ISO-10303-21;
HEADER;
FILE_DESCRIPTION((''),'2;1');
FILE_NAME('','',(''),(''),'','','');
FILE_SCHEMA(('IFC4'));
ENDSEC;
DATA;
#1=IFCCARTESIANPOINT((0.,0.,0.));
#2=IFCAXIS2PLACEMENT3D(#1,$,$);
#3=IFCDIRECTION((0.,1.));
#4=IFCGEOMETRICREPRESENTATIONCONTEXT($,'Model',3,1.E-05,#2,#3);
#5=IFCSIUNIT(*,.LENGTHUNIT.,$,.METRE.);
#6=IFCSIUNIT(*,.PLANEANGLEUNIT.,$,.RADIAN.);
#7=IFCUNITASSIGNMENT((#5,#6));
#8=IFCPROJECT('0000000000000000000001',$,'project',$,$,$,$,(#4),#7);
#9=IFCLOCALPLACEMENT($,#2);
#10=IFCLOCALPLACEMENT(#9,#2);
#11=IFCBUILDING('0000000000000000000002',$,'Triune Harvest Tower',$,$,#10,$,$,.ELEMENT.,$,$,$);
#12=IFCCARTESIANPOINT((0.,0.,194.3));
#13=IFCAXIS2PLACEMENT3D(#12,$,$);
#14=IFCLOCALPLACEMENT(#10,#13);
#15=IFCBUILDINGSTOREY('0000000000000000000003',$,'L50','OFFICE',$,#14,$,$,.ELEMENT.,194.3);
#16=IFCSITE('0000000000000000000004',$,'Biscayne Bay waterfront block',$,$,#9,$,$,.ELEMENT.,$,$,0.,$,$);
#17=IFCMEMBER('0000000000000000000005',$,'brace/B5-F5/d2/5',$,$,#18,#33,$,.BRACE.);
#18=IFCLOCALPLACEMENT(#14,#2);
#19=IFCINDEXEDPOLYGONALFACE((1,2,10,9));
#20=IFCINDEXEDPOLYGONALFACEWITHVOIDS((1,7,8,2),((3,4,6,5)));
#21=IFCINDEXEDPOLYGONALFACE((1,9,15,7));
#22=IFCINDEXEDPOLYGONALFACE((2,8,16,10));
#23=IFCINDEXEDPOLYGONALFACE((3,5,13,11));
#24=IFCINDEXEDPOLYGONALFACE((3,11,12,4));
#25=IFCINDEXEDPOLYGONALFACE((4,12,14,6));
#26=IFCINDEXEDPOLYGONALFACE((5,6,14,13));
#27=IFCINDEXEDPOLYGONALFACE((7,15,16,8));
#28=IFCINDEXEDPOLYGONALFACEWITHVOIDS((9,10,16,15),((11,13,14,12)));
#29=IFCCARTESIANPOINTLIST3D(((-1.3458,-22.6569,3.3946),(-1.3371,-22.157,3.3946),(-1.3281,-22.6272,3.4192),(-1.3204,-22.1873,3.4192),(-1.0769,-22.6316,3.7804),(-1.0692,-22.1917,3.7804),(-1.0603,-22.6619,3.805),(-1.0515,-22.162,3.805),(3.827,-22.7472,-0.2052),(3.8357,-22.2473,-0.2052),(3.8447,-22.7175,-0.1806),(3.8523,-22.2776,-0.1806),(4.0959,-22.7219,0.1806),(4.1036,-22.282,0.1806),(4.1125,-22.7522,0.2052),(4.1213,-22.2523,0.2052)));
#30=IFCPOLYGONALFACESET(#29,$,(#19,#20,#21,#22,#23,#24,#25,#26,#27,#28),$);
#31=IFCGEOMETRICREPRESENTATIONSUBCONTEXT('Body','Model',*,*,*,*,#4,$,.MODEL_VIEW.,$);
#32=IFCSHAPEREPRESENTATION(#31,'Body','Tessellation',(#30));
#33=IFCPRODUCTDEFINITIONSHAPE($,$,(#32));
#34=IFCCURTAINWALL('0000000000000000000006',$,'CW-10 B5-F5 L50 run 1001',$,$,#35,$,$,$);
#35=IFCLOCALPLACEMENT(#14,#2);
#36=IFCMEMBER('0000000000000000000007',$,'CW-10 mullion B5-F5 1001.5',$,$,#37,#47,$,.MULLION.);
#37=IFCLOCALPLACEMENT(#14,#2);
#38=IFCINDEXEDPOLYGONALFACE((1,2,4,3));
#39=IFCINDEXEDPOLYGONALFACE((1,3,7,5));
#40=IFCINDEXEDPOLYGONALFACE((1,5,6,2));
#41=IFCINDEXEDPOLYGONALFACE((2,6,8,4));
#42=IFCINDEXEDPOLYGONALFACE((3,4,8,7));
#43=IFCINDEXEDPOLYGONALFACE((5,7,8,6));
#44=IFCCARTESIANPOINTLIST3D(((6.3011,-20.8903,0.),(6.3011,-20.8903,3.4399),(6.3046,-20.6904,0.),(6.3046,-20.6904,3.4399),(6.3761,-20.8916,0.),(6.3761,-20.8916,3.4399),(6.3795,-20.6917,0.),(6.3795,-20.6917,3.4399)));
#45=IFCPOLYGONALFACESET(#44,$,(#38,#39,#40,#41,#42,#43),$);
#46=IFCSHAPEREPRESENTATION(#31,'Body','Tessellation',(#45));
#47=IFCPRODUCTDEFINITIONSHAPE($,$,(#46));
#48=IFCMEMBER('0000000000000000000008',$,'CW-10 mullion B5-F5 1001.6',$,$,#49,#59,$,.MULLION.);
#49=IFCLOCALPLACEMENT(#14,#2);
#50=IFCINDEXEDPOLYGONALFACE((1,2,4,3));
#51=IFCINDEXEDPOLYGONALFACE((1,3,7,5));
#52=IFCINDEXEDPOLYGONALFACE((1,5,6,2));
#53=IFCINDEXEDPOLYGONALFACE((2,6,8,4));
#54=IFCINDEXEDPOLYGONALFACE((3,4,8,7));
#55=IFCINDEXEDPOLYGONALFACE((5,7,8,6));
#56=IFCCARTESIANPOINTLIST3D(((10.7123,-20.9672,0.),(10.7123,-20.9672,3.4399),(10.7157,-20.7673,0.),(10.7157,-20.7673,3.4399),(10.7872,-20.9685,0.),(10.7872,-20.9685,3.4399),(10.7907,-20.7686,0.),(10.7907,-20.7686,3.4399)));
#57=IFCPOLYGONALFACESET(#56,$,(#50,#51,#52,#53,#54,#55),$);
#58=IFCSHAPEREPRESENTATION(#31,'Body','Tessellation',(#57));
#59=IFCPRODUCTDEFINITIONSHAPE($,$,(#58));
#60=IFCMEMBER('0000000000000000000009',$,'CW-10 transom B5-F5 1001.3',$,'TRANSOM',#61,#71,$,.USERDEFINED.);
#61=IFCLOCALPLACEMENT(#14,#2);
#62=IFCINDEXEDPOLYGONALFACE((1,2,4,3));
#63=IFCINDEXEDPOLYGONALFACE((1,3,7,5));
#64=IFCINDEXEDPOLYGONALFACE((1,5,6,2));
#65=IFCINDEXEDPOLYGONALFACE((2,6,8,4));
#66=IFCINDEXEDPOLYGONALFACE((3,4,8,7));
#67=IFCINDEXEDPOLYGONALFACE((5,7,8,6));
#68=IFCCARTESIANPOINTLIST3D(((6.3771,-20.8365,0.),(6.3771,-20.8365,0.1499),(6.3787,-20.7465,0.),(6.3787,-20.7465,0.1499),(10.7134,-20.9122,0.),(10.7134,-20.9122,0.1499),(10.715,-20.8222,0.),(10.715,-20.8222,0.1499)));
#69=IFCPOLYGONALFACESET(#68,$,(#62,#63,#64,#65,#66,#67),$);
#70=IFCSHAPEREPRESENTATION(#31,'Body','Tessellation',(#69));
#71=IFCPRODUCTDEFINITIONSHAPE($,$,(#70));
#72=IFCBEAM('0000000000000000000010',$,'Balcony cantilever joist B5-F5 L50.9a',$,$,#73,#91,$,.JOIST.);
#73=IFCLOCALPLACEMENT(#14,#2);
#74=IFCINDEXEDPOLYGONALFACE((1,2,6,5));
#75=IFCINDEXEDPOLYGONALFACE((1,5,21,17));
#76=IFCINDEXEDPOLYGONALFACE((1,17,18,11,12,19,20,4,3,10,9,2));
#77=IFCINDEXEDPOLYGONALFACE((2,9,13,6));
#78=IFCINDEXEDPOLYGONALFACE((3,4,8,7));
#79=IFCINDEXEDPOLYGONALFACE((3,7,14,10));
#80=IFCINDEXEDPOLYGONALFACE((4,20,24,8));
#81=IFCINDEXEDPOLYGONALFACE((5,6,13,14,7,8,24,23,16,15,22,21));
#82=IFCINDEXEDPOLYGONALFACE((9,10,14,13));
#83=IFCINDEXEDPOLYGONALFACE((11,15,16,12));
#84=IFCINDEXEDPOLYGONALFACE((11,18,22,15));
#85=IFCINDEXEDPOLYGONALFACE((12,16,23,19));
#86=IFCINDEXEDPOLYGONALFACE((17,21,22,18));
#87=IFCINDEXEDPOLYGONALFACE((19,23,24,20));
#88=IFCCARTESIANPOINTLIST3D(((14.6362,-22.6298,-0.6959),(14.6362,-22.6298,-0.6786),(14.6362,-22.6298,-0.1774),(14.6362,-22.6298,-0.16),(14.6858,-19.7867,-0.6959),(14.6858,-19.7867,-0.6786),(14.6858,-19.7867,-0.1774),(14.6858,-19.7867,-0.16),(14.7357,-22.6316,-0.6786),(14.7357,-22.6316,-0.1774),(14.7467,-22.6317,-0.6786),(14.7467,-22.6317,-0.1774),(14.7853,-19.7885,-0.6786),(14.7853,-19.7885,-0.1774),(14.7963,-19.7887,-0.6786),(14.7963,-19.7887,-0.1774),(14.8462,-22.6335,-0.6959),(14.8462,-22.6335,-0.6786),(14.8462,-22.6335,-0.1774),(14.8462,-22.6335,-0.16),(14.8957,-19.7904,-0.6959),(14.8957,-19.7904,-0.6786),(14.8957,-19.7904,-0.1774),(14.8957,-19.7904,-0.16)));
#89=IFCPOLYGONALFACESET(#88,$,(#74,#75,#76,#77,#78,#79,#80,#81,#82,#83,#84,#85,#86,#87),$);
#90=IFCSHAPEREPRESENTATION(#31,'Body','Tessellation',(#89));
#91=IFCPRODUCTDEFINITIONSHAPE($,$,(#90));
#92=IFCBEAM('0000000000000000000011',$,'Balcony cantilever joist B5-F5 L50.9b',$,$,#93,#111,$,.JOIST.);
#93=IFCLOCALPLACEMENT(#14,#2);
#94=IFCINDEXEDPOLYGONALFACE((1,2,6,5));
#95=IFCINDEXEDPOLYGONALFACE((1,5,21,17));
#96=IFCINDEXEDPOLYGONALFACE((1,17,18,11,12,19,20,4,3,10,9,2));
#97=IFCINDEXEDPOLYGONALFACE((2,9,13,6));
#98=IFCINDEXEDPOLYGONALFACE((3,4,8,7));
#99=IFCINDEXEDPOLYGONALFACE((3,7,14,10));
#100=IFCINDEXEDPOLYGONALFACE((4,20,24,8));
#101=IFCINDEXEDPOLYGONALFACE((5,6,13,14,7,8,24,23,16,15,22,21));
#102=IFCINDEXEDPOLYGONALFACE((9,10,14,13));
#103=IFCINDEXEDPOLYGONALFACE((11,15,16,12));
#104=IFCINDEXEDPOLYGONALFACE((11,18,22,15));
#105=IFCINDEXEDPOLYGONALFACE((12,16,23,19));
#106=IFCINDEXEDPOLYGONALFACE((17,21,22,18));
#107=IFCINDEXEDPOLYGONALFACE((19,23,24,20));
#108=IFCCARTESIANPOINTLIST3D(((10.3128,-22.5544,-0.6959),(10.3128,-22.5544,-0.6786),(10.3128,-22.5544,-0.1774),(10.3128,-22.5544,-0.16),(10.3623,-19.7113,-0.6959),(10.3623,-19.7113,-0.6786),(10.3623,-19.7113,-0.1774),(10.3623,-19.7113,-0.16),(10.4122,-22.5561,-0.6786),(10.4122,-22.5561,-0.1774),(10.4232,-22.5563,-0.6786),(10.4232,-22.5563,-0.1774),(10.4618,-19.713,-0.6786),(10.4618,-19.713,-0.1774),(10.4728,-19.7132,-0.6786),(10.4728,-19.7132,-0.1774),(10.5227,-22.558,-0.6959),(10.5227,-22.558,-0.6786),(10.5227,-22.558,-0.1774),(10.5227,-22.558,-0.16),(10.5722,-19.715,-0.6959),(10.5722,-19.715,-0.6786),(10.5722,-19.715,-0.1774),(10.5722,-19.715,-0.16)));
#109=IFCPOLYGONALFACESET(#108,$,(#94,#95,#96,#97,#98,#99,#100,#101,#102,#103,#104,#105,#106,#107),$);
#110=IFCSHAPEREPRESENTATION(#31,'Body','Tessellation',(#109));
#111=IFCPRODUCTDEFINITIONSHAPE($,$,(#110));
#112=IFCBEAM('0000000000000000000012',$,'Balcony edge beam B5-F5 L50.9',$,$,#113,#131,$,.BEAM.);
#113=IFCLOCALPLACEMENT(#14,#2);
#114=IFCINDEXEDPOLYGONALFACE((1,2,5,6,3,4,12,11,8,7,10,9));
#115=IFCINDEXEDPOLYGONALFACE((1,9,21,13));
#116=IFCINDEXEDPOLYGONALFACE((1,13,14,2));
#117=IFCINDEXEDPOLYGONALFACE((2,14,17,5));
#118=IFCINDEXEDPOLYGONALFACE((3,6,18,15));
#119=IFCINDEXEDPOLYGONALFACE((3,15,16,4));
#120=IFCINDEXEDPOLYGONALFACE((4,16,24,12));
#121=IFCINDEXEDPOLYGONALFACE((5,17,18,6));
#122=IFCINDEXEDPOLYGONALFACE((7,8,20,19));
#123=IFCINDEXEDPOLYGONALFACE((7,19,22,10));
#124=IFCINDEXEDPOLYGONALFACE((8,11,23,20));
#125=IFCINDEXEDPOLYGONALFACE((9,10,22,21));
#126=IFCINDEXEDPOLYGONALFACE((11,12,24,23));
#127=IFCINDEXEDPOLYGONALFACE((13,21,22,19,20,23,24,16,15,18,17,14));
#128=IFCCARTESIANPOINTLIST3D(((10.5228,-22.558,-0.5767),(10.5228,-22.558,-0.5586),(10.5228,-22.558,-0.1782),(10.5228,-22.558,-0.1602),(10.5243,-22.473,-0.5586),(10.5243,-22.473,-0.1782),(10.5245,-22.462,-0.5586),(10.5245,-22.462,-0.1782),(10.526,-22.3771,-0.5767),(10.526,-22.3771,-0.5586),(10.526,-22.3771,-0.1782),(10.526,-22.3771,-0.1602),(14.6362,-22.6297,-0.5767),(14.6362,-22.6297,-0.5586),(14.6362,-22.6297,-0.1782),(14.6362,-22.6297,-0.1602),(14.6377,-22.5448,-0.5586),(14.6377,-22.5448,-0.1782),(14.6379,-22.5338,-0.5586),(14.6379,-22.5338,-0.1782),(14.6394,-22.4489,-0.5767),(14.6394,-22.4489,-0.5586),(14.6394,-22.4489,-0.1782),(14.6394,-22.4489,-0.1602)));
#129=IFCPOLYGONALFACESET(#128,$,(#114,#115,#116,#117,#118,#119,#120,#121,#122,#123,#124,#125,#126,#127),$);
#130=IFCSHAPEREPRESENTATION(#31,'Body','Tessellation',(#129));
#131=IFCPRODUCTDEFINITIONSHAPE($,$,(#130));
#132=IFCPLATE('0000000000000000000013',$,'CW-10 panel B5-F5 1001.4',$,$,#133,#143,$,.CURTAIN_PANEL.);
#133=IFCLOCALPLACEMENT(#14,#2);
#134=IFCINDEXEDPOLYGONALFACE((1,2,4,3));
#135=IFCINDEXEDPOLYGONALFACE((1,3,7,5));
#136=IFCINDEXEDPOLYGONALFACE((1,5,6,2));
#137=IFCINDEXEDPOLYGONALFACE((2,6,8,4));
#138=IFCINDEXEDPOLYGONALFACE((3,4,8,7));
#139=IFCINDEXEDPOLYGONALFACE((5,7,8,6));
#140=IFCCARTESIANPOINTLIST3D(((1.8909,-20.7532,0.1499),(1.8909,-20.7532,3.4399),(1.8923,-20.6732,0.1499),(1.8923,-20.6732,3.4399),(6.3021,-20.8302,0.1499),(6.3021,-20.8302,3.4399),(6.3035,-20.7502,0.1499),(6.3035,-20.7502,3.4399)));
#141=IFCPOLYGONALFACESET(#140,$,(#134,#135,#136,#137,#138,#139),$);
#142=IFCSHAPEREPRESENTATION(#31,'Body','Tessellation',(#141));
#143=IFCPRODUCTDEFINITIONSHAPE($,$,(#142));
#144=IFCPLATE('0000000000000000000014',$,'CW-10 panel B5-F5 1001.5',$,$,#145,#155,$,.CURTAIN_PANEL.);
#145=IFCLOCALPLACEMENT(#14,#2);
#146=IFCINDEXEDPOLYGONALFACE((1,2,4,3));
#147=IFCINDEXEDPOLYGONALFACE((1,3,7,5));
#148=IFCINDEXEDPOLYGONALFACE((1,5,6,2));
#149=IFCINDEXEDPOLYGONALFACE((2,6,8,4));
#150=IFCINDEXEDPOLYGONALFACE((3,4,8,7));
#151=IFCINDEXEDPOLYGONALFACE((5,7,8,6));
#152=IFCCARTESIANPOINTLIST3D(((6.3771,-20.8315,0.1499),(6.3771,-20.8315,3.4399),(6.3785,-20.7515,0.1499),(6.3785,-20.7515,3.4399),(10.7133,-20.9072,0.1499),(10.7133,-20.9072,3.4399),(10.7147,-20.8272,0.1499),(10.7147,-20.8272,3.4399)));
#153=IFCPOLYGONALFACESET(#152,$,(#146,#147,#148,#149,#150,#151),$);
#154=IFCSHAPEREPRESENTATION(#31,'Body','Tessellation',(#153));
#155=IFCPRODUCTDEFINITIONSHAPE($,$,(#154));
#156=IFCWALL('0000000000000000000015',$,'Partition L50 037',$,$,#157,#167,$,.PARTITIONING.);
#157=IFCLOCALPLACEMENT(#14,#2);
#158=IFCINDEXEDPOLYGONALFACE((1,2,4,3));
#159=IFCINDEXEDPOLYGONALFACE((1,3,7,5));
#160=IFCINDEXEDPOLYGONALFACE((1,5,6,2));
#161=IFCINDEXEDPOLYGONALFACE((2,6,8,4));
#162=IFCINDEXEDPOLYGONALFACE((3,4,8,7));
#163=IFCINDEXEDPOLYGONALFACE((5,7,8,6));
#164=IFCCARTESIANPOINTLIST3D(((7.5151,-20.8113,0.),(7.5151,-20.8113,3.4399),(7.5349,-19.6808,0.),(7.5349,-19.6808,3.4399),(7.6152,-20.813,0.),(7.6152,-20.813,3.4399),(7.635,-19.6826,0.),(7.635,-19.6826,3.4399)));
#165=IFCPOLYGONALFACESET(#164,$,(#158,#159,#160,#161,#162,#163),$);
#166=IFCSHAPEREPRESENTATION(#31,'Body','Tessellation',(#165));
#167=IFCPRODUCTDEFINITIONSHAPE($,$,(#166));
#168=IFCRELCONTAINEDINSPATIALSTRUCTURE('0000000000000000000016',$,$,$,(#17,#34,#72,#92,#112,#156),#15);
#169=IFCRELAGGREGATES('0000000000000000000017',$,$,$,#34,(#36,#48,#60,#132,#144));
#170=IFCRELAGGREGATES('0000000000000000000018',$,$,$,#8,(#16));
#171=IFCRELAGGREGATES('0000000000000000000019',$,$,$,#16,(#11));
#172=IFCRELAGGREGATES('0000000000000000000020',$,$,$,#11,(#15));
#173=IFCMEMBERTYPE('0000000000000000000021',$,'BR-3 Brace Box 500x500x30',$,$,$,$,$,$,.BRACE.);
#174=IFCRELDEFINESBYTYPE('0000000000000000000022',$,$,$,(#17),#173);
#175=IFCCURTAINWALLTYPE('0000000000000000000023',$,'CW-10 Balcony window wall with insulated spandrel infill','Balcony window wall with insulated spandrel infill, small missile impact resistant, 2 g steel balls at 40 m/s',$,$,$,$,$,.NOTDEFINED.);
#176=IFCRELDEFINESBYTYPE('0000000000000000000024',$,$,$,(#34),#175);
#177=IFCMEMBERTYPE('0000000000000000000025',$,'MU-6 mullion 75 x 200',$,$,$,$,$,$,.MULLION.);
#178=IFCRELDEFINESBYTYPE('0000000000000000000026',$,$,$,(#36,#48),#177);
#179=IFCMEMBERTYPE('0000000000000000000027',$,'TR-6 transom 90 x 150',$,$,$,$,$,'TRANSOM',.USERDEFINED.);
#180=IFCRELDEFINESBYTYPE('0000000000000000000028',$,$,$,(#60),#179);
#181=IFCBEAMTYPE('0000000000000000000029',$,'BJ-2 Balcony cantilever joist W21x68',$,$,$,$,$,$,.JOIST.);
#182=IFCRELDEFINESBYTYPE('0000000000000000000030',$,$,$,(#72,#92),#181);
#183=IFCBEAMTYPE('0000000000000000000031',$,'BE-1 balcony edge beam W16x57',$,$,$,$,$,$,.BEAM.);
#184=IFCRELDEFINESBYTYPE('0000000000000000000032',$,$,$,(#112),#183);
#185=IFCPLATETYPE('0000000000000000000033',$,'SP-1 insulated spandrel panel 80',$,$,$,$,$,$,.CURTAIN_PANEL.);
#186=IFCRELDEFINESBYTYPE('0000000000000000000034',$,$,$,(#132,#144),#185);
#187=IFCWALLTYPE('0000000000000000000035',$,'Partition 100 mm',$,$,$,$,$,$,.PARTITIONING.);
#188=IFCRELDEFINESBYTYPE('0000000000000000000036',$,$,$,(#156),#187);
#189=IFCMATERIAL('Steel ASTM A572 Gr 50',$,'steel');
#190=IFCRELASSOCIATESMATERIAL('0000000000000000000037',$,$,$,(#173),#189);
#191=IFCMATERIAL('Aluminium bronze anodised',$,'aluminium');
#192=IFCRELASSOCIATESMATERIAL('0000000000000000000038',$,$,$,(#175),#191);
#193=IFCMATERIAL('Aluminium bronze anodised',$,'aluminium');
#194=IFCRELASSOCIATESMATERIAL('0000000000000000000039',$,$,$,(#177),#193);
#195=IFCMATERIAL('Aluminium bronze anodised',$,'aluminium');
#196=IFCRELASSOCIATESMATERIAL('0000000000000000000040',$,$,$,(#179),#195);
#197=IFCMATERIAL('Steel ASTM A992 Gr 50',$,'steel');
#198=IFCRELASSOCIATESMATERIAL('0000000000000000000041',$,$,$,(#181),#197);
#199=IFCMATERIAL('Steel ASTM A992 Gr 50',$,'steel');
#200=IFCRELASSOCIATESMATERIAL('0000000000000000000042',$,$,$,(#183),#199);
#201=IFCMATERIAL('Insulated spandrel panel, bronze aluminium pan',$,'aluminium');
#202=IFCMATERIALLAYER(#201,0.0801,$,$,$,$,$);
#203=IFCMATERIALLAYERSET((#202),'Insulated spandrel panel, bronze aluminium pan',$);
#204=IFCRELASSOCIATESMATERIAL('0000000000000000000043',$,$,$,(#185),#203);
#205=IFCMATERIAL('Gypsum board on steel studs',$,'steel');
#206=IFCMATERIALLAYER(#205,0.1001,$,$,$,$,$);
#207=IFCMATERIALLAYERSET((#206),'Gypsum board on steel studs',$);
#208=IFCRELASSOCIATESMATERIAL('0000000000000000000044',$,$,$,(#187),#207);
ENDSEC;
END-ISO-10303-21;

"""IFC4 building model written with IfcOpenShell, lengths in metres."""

from ifc_helpers import new_model, si_unit, direction, frame, frame_2d, origin, origin_2d, place, context, subcontext, project, spatial, rectangle, hollow_rectangle, i_section, extrude, source, transform, mapped, material, layer, layer_set, material_profile, profile_set, type_object, element, aggregate, save


model = new_model("IFC4")

# Units and contexts
model_context = context("Model", 3, precision=1e-05, world=origin(), true_north=direction((0.0, 1.0)))
body_context = subcontext(model_context, "Body", "Model", "MODEL_VIEW")
ifc_project = project(units=[si_unit("LENGTHUNIT", "METRE"), si_unit("PLANEANGLEUNIT", "RADIAN")], contexts=[model_context])

# Site, building, storey
site_placement = place(None, origin())
site = spatial("IfcSite", under=ifc_project, at=site_placement, Name="Biscayne Bay waterfront block", CompositionType="ELEMENT", RefElevation=0.0)
building_placement = place(site_placement, origin())
building = spatial("IfcBuilding", under=site, at=building_placement, Name="Triune Harvest Tower", CompositionType="ELEMENT")
storey_placement = place(building_placement, frame((0.0, 0.0, 194.3)))
storey = spatial("IfcBuildingStorey", under=building, at=storey_placement, Name="L50", Description="OFFICE", CompositionType="ELEMENT", Elevation=194.3)

# Member
ifc_material_1 = material(Name="Steel ASTM A572 Gr 50", Category="steel")
ifc_material_profile_1 = material_profile(ifc_material_1, hollow_rectangle(XDim=0.5, YDim=0.5, WallThickness=0.03, at=origin_2d()), Name="Box 500x500x30")
ifc_profile_set_1 = profile_set([ifc_material_profile_1], Name="Steel ASTM A572 Gr 50")
member_type_1 = type_object("IfcMemberType", Name="BR-3 Brace Box 500x500x30", PredefinedType="BRACE", material=ifc_profile_set_1)
shared_shape_1 = source(origin(), body_context, "Body", "SweptSolid", [
    extrude(hollow_rectangle(XDim=0.5, YDim=0.5, WallThickness=0.03, at=origin_2d()), origin(), (0.0, 0.0, 1.0), 6.3027),
])
member_1_placement = place(storey_placement, frame((3.9741, -22.4998, 0.0), z_axis=(-0.820721, 0.014332, 0.57115), x_axis=(-0.01746, -0.999848, 0.0)))
element("IfcMember", 1, at=member_1_placement, inside=storey, type_object=member_type_1, Name="brace/B5-F5/d2/5", PredefinedType="BRACE", context=body_context, shape_type="MappedRepresentation", body=[
    mapped(shared_shape_1, transform((0.0, 0.0, 0.0), scale=1.0)),
])

# Curtain wall, members
ifc_material_2 = material(Name="Aluminium bronze anodised", Category="aluminium")
curtain_wall_type = type_object("IfcCurtainWallType", Name="CW-10 Balcony window wall with insulated spandrel infill", Description="Balcony window wall with insulated spandrel infill, small missile impact resistant, 2 g steel balls at 40 m/s", PredefinedType="NOTDEFINED", material=ifc_material_2)
curtain_wall_placement = place(storey_placement, origin())
curtain_wall = element("IfcCurtainWall", 2, at=curtain_wall_placement, inside=storey, type_object=curtain_wall_type, Name="CW-10 B5-F5 L50 run 1001")
ifc_material_3 = material(Name="Aluminium bronze anodised", Category="aluminium")
ifc_material_profile_2 = material_profile(ifc_material_3, rectangle(XDim=0.2, YDim=0.075, at=origin_2d()), Name="MU-6 mullion 75 x 200")
ifc_profile_set_2 = profile_set([ifc_material_profile_2], Name="Aluminium bronze anodised")
member_type_2 = type_object("IfcMemberType", Name="MU-6 mullion 75 x 200", PredefinedType="MULLION", material=ifc_profile_set_2)
shared_shape_2 = source(origin(), body_context, "Body", "SweptSolid", [
    extrude(rectangle(XDim=0.2, YDim=0.075, at=origin_2d()), origin(), (0.0, 0.0, 1.0), 3.4399),
])
member_2_placement = place(storey_placement, frame((6.3403, -20.791, 0.0), z_axis=(0.0, 0.0, 1.0), x_axis=(0.017452, 0.999848, 0.0)))
member_2 = element("IfcMember", 3, at=member_2_placement, type_object=member_type_2, Name="CW-10 mullion B5-F5 1001.5", PredefinedType="MULLION", context=body_context, shape_type="MappedRepresentation", body=[
    mapped(shared_shape_2, transform((0.0, 0.0, 0.0), scale=1.0)),
])
member_3_placement = place(storey_placement, frame((10.7515, -20.8679, 0.0), z_axis=(0.0, 0.0, 1.0), x_axis=(0.017452, 0.999848, 0.0)))
member_3 = element("IfcMember", 4, at=member_3_placement, type_object=member_type_2, Name="CW-10 mullion B5-F5 1001.6", PredefinedType="MULLION", context=body_context, shape_type="MappedRepresentation", body=[
    mapped(shared_shape_2, transform((0.0, 0.0, 0.0), scale=1.0)),
])
ifc_material_4 = material(Name="Aluminium bronze anodised", Category="aluminium")
ifc_material_profile_3 = material_profile(ifc_material_4, rectangle(XDim=0.0901, YDim=0.1499, at=origin_2d()), Name="TR-6 transom 90 x 150")
ifc_profile_set_3 = profile_set([ifc_material_profile_3], Name="Aluminium bronze anodised")
member_type_3 = type_object("IfcMemberType", Name="TR-6 transom 90 x 150", ElementType="TRANSOM", PredefinedType="USERDEFINED", material=ifc_profile_set_3)
shared_shape_3 = source(origin(), body_context, "Body", "SweptSolid", [
    extrude(rectangle(XDim=0.0901, YDim=0.1499, at=origin_2d()), origin(), (0.0, 0.0, 1.0), 4.3369),
])
member_4_placement = place(storey_placement, frame((6.3779, -20.7915, 0.075), z_axis=(0.999848, -0.017451, 0.0), x_axis=(0.017451, 0.999848, 0.0)))
member_4 = element("IfcMember", 5, at=member_4_placement, type_object=member_type_3, Name="CW-10 transom B5-F5 1001.3", ObjectType="TRANSOM", PredefinedType="USERDEFINED", context=body_context, shape_type="MappedRepresentation", body=[
    mapped(shared_shape_3, transform((0.0, 0.0, 0.0), scale=1.0)),
])

# Beams
ifc_material_5 = material(Name="Steel ASTM A992 Gr 50", Category="steel")
ifc_material_profile_4 = material_profile(ifc_material_5, i_section(OverallWidth=0.21, OverallDepth=0.5359, WebThickness=0.011, FlangeThickness=0.0173, at=origin_2d()), Name="W21x68")
ifc_profile_set_4 = profile_set([ifc_material_profile_4], Name="Steel ASTM A992 Gr 50")
beam_type_1 = type_object("IfcBeamType", Name="BJ-2 Balcony cantilever joist W21x68", PredefinedType="JOIST", material=ifc_profile_set_4)
shared_shape_4 = source(origin(), body_context, "Body", "SweptSolid", [
    extrude(i_section(OverallWidth=0.21, OverallDepth=0.5359, WebThickness=0.011, FlangeThickness=0.0173, at=origin_2d()), origin(), (0.0, 0.0, 1.0), 2.8435),
])
for number, where, z_axis, x_axis, name in (
    (6, (14.7908, -19.7886, -0.428), (-0.01743, -0.999848, 0.0), (0.999848, -0.01743, 0.0), "Balcony cantilever joist B5-F5 L50.9a"),
    (7, (10.4673, -19.7131, -0.428), (-0.01743, -0.999848, 0.0), (0.999848, -0.01743, 0.0), "Balcony cantilever joist B5-F5 L50.9b"),
):
    element("IfcBeam", number, at=place(storey_placement, frame(where, z_axis=z_axis, x_axis=x_axis)), inside=storey, type_object=beam_type_1, Name=name, PredefinedType="JOIST", context=body_context, shape_type="MappedRepresentation", body=[
        mapped(shared_shape_4, transform((0.0, 0.0, 0.0), scale=1.0)),
    ])
ifc_material_6 = material(Name="Steel ASTM A992 Gr 50", Category="steel")
ifc_material_profile_5 = material_profile(ifc_material_6, i_section(OverallWidth=0.1809, OverallDepth=0.4165, WebThickness=0.011, FlangeThickness=0.0181, at=origin_2d()), Name="W16x57")
ifc_profile_set_5 = profile_set([ifc_material_profile_5], Name="Steel ASTM A992 Gr 50")
beam_type_2 = type_object("IfcBeamType", Name="BE-1 balcony edge beam W16x57", PredefinedType="BEAM", material=ifc_profile_set_5)
shared_shape_5 = source(origin(), body_context, "Body", "SweptSolid", [
    extrude(i_section(OverallWidth=0.1809, OverallDepth=0.4165, WebThickness=0.011, FlangeThickness=0.0181, at=origin_2d()), origin(), (0.0, 0.0, 1.0), 4.114),
])
beam_1_placement = place(storey_placement, frame((10.5244, -22.4675, -0.3684), z_axis=(0.999848, -0.017447, 0.0), x_axis=(0.017447, 0.999848, 0.0)))
element("IfcBeam", 8, at=beam_1_placement, inside=storey, type_object=beam_type_2, Name="Balcony edge beam B5-F5 L50.9", PredefinedType="BEAM", context=body_context, shape_type="MappedRepresentation", body=[
    mapped(shared_shape_5, transform((0.0, 0.0, 0.0), scale=1.0)),
])

# Plates
ifc_material_7 = material(Name="Insulated spandrel panel, bronze aluminium pan", Category="aluminium")
ifc_layer_1 = layer(ifc_material_7, 0.0801)
ifc_layer_set_1 = layer_set([ifc_layer_1], Name="Insulated spandrel panel, bronze aluminium pan")
plate_type = type_object("IfcPlateType", Name="SP-1 insulated spandrel panel 80", PredefinedType="CURTAIN_PANEL", material=ifc_layer_set_1)
shared_shape_6 = source(origin(), body_context, "Body", "SweptSolid", [
    extrude(rectangle(XDim=4.4119, YDim=0.0801, at=origin_2d()), origin(), (0.0, 0.0, 1.0), 3.29),
])
plate_1_placement = place(storey_placement, frame((4.0972, -20.7517, 0.1499), z_axis=(0.0, 0.0, 1.0), x_axis=(0.999848, -0.017452, 0.0)))
plate_1 = element("IfcPlate", 9, at=plate_1_placement, type_object=plate_type, Name="CW-10 panel B5-F5 1001.4", PredefinedType="CURTAIN_PANEL", context=body_context, shape_type="MappedRepresentation", body=[
    mapped(shared_shape_6, transform((0.0, 0.0, 0.0), scale=1.0)),
])
shared_shape_7 = source(origin(), body_context, "Body", "SweptSolid", [
    extrude(rectangle(XDim=4.3369, YDim=0.0801, at=origin_2d()), origin(), (0.0, 0.0, 1.0), 3.29),
])
plate_2_placement = place(storey_placement, frame((8.5459, -20.8293, 0.1499), z_axis=(0.0, 0.0, 1.0), x_axis=(0.999848, -0.017452, 0.0)))
plate_2 = element("IfcPlate", 10, at=plate_2_placement, type_object=plate_type, Name="CW-10 panel B5-F5 1001.5", PredefinedType="CURTAIN_PANEL", context=body_context, shape_type="MappedRepresentation", body=[
    mapped(shared_shape_7, transform((0.0, 0.0, 0.0), scale=1.0)),
])
aggregate(curtain_wall, [member_2, member_3, member_4, plate_1, plate_2])

# Wall
ifc_material_8 = material(Name="Gypsum board on steel studs", Category="steel")
ifc_layer_2 = layer(ifc_material_8, 0.1001)
ifc_layer_set_2 = layer_set([ifc_layer_2], Name="Gypsum board on steel studs")
wall_type = type_object("IfcWallType", Name="Partition 100 mm", PredefinedType="PARTITIONING", material=ifc_layer_set_2)
shared_shape_8 = source(origin(), body_context, "Body", "SweptSolid", [
    extrude(rectangle(XDim=1.1306, YDim=0.1001, at=frame_2d((0.5654, 0.0))), origin(), (0.0, 0.0, 1.0), 3.4399),
])
wall_1_placement = place(storey_placement, frame((7.5652, -20.8123, 0.0), z_axis=(0.0, 0.0, 1.0), x_axis=(0.017492, 0.999847, 0.0)))
element("IfcWall", 11, at=wall_1_placement, inside=storey, type_object=wall_type, Name="Partition L50 037", PredefinedType="PARTITIONING", context=body_context, shape_type="MappedRepresentation", body=[
    mapped(shared_shape_8, transform((0.0, 0.0, 0.0), scale=1.0)),
])

save(model, "model.ifc")
